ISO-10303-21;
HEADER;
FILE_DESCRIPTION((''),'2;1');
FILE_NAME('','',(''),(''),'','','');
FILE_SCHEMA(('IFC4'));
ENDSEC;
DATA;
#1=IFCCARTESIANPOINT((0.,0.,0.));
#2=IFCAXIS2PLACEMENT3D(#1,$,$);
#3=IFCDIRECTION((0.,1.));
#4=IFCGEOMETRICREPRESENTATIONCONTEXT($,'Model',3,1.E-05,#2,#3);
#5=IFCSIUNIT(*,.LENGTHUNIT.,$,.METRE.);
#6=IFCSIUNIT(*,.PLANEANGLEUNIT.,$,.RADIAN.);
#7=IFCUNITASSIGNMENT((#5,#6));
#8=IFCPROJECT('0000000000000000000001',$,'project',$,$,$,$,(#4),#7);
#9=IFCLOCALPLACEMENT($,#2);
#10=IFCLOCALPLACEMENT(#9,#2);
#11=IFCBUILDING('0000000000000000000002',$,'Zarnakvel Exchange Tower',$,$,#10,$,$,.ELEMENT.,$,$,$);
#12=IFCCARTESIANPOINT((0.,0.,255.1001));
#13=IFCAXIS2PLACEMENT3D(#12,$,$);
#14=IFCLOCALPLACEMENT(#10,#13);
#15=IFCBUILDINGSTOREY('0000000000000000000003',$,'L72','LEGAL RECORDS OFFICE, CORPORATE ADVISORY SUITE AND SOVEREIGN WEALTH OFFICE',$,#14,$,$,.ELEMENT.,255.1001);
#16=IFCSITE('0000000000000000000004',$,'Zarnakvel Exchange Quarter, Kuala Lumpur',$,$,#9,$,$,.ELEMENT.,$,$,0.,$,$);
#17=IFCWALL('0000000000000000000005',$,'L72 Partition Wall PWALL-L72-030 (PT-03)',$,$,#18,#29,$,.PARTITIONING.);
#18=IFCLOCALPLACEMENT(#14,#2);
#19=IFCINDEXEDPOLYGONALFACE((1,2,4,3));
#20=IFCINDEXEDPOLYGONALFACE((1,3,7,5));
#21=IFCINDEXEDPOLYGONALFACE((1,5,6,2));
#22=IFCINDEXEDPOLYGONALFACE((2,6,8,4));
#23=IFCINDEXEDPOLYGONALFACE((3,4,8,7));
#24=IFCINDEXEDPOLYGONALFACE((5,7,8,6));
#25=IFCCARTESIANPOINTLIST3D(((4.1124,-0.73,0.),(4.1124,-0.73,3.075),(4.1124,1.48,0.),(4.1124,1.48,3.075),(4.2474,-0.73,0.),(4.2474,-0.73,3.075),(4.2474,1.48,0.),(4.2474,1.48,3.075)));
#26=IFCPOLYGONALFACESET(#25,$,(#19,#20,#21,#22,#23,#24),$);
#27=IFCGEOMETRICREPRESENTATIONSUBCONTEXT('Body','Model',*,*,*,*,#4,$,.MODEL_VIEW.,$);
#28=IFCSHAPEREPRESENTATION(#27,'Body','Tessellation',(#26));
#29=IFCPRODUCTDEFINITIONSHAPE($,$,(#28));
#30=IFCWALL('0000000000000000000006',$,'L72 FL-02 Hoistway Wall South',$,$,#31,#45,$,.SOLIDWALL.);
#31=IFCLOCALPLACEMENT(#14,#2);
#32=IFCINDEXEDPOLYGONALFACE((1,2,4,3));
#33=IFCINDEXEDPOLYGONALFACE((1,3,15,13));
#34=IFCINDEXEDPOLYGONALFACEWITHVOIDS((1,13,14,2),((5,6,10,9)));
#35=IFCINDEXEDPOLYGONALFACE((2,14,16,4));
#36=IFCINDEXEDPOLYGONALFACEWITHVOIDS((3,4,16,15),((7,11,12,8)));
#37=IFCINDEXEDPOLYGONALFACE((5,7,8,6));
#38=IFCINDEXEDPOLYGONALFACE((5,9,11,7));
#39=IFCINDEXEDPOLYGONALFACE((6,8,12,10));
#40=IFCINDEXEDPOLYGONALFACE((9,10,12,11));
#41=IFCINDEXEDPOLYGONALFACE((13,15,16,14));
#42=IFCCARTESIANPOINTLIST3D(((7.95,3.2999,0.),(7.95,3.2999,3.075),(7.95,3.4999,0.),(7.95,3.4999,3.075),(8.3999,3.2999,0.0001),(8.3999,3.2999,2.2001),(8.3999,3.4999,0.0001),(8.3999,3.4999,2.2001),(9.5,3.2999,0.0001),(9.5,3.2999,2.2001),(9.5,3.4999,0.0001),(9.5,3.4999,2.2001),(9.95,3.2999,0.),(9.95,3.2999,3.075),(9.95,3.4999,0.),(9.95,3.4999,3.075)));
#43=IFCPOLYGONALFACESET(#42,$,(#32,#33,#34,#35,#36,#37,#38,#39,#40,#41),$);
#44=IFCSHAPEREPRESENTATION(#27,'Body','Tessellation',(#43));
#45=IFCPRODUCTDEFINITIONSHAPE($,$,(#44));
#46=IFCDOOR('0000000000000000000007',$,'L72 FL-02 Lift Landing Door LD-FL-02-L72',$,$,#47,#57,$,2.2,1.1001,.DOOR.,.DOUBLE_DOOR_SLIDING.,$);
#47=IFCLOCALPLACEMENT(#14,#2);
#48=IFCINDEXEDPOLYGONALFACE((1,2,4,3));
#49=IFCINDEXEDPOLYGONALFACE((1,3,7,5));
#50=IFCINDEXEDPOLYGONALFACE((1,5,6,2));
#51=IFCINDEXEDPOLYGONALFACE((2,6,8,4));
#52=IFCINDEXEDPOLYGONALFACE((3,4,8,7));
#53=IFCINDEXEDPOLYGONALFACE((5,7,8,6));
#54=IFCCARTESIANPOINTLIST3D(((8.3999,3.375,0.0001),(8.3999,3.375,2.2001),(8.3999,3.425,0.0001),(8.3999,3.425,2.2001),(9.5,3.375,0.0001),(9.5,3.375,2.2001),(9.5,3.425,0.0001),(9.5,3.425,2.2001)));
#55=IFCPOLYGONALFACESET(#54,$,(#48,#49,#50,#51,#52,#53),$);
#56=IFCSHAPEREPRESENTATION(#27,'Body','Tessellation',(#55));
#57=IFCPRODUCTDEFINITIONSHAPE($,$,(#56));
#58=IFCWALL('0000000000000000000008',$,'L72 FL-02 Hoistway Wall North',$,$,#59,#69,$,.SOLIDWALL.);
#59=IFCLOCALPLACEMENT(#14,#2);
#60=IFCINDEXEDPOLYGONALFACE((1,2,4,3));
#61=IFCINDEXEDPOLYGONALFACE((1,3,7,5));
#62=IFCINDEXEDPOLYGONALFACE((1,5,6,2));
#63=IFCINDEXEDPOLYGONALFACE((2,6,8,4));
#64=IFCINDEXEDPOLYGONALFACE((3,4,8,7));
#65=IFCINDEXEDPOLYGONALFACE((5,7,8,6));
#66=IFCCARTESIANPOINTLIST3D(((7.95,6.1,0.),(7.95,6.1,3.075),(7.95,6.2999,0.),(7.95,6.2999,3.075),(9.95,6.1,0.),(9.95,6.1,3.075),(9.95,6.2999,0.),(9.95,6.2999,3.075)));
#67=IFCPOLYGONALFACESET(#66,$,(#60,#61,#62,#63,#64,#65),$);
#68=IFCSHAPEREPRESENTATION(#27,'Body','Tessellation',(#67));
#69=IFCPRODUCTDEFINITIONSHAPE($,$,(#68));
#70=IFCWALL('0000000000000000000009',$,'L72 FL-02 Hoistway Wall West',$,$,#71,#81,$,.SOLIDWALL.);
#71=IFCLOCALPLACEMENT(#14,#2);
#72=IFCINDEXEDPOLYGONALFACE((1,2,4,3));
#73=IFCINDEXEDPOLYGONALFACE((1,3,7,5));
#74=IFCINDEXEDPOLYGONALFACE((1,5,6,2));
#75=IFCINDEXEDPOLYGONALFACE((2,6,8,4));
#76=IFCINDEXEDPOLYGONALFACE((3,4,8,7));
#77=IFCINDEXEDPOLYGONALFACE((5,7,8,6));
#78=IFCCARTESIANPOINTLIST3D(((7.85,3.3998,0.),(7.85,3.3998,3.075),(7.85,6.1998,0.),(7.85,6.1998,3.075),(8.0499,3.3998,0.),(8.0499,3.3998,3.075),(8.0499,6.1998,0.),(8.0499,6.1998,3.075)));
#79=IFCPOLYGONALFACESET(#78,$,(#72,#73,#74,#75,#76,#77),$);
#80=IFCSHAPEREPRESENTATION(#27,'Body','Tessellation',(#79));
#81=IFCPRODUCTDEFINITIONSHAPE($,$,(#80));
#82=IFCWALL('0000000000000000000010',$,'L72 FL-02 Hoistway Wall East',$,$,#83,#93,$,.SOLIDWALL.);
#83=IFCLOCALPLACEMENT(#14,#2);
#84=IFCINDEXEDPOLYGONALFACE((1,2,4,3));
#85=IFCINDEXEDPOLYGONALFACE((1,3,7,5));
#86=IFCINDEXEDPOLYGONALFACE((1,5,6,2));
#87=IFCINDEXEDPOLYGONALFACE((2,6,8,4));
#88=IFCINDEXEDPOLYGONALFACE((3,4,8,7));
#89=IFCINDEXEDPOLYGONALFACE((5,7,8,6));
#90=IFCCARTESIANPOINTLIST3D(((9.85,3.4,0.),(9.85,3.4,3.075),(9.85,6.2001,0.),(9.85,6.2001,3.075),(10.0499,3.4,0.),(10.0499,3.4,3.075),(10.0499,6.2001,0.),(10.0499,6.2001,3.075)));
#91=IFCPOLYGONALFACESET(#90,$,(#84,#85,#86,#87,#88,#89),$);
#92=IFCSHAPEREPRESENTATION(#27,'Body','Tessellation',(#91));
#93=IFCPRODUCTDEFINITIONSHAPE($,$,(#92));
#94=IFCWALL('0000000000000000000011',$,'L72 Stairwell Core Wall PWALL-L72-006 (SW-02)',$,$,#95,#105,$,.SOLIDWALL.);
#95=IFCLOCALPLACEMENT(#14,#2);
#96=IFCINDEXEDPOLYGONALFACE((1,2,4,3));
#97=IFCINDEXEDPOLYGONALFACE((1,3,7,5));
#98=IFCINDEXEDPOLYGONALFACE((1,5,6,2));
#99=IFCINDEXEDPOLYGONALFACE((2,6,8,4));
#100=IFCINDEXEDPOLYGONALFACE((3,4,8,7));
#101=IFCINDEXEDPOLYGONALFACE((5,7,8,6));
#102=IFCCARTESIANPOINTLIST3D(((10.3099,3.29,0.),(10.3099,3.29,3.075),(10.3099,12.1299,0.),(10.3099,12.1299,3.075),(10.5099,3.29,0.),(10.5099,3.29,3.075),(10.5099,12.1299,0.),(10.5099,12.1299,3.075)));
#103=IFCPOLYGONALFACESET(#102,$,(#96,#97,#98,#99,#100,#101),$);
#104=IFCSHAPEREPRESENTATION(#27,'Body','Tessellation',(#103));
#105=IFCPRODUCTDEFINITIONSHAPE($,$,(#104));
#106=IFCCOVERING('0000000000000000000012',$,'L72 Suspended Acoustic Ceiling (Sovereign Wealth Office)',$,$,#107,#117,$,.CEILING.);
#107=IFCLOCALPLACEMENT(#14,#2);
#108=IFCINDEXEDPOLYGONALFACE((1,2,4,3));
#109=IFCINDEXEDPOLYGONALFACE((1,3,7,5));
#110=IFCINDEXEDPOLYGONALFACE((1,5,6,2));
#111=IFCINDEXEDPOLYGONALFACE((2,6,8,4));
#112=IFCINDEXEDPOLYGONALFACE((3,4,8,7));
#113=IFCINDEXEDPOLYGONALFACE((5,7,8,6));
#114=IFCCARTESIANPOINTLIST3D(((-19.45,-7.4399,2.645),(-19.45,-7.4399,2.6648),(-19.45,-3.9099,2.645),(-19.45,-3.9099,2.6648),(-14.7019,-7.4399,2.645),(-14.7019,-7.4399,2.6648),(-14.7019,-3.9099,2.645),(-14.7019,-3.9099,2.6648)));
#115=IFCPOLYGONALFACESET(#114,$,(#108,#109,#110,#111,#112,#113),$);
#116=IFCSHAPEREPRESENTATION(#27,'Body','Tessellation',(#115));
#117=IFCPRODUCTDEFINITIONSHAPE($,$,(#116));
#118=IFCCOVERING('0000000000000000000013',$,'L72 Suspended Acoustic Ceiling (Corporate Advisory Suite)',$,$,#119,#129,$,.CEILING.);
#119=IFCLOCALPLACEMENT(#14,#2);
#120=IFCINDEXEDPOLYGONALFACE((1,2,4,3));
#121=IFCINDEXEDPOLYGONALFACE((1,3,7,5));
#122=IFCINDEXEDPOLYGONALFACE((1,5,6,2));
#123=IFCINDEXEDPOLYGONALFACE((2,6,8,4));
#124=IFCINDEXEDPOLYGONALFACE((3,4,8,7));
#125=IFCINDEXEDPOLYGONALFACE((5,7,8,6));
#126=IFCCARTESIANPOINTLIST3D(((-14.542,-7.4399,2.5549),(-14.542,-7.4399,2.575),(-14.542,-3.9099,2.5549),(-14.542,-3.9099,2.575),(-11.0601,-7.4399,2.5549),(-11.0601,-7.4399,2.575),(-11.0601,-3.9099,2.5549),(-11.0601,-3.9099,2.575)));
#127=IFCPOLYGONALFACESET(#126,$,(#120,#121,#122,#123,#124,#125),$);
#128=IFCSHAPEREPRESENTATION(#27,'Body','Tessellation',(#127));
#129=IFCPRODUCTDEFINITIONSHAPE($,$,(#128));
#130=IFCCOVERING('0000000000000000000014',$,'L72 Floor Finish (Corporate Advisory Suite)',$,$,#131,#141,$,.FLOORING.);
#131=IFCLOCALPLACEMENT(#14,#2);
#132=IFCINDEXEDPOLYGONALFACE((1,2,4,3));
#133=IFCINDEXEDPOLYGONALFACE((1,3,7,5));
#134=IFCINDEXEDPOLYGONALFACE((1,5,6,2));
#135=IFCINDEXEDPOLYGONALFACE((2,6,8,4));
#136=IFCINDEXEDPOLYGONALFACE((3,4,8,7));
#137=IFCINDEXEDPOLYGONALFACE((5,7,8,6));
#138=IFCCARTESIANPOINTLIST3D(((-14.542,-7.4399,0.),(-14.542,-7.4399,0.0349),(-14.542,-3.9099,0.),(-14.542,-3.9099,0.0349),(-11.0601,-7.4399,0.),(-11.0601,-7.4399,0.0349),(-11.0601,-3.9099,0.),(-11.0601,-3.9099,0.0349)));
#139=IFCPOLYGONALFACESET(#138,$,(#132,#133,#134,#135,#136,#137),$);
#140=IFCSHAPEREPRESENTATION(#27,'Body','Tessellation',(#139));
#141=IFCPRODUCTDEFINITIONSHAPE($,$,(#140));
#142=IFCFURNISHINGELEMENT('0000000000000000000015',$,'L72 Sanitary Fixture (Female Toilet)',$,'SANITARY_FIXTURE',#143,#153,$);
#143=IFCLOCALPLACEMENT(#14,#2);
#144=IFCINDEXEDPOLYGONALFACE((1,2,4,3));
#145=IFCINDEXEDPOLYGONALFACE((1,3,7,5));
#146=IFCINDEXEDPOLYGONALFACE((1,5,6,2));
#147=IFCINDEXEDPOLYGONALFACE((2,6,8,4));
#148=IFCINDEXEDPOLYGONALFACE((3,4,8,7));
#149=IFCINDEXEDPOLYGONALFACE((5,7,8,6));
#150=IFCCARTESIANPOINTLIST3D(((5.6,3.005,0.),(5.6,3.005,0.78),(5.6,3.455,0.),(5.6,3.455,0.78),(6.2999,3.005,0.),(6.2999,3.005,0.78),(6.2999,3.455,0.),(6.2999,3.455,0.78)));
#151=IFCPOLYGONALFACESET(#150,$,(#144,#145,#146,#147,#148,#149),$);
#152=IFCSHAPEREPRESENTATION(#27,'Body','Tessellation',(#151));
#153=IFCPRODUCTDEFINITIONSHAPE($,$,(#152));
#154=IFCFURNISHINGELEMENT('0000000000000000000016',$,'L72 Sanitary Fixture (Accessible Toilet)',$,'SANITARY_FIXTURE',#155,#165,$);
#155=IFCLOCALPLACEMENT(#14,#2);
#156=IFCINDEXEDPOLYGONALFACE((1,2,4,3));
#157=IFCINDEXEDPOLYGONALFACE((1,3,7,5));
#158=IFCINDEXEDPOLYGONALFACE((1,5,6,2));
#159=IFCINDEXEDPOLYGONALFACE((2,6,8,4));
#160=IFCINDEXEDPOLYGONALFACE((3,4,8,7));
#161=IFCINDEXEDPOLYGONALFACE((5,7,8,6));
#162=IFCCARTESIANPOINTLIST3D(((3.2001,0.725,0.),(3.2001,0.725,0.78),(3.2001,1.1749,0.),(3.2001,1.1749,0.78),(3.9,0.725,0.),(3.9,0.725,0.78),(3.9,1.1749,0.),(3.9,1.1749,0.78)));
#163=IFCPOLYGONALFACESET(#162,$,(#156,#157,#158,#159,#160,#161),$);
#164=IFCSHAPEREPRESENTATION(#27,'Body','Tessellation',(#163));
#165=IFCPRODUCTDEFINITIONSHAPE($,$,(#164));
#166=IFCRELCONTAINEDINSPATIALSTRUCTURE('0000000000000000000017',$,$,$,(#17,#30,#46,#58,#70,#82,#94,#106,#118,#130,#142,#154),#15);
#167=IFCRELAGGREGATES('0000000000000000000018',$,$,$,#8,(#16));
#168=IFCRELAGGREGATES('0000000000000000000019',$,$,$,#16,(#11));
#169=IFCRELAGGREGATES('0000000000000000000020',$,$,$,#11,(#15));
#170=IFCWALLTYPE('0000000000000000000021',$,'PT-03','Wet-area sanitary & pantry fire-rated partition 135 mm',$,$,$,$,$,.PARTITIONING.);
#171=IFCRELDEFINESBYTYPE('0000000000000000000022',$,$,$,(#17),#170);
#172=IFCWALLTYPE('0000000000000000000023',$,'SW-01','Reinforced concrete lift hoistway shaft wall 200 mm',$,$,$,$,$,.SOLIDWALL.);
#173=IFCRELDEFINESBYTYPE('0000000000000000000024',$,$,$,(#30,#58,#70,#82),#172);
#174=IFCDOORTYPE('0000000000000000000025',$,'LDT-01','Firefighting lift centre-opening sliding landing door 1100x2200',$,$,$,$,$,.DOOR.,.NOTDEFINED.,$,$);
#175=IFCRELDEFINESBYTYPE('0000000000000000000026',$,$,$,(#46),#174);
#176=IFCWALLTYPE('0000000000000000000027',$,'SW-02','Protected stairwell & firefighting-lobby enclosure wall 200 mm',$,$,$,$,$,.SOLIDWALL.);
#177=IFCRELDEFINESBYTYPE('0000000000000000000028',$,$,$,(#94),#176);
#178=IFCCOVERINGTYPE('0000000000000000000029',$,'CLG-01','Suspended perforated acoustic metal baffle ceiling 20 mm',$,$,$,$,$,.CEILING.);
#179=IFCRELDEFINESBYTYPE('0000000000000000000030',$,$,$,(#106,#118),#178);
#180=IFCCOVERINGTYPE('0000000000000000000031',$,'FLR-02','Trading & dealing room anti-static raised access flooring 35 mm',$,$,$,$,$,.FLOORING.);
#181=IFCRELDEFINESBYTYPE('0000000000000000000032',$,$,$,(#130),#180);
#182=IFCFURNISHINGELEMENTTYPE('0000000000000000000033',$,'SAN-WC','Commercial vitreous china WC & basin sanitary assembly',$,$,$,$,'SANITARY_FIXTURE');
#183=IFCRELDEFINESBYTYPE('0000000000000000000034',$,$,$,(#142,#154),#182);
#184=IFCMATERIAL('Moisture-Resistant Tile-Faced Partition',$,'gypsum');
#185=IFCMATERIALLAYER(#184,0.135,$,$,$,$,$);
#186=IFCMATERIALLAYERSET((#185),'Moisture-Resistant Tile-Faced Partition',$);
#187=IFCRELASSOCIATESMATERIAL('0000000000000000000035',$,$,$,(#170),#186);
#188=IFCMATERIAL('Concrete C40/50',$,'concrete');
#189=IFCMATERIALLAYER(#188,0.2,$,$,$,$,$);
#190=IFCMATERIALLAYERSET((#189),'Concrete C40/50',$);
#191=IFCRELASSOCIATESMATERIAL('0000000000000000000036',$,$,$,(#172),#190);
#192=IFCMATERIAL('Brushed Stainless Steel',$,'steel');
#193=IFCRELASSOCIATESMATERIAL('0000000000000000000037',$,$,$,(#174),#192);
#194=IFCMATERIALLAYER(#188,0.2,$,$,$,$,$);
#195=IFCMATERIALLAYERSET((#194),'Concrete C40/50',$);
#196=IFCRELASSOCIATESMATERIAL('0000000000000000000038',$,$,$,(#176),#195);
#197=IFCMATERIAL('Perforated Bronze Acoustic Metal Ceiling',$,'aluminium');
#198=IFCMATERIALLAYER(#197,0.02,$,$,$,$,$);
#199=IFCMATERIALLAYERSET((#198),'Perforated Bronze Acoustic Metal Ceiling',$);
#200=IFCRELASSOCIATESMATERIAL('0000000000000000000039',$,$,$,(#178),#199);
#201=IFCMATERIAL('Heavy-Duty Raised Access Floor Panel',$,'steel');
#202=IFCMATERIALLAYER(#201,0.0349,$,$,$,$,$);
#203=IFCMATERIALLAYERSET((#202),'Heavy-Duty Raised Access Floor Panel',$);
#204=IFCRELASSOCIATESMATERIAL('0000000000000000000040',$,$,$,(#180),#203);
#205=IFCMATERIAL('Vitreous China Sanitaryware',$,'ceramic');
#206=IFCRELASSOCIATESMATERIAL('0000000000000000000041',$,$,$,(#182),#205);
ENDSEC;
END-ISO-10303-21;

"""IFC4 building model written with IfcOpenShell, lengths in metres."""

from ifc_helpers import new_model, si_unit, direction, frame, frame_2d, origin, origin_2d, place, context, subcontext, project, spatial, polyline, rectangle, outline, extrude, source, transform, mapped, material, layer, layer_set, type_object, element, fill, save


model = new_model("IFC4")

# Units and contexts
model_context = context("Model", 3, precision=1e-05, world=origin(), true_north=direction((0.0, 1.0)))
body_context = subcontext(model_context, "Body", "Model", "MODEL_VIEW")
ifc_project = project(units=[si_unit("LENGTHUNIT", "METRE"), si_unit("PLANEANGLEUNIT", "RADIAN")], contexts=[model_context])

# Site, building, storey
site_placement = place(None, origin())
site = spatial("IfcSite", under=ifc_project, at=site_placement, Name="Zarnakvel Exchange Quarter, Kuala Lumpur", CompositionType="ELEMENT", RefElevation=0.0)
building_placement = place(site_placement, origin())
building = spatial("IfcBuilding", under=site, at=building_placement, Name="Zarnakvel Exchange Tower", CompositionType="ELEMENT")
storey_placement = place(building_placement, frame((0.0, 0.0, 255.1001)))
storey = spatial("IfcBuildingStorey", under=building, at=storey_placement, Name="L72", Description="LEGAL RECORDS OFFICE, CORPORATE ADVISORY SUITE AND SOVEREIGN WEALTH OFFICE", CompositionType="ELEMENT", Elevation=255.1001)

# Shared definitions
ifc_material_1 = material(Name="Moisture-Resistant Tile-Faced Partition", Category="gypsum")
ifc_layer_1 = layer(ifc_material_1, 0.135)
ifc_layer_set_1 = layer_set([ifc_layer_1], Name="Moisture-Resistant Tile-Faced Partition")
wall_type_1 = type_object("IfcWallType", Name="PT-03", Description="Wet-area sanitary & pantry fire-rated partition 135 mm", PredefinedType="PARTITIONING", material=ifc_layer_set_1)

# Wall
wall_1_placement = place(storey_placement, frame((4.1799, 1.48, 0.0), z_axis=(0.0, 0.0, 1.0), x_axis=(0.0, -1.0, 0.0)))
element("IfcWall", 1, at=wall_1_placement, inside=storey, type_object=wall_type_1, Name="L72 Partition Wall PWALL-L72-030 (PT-03)", PredefinedType="PARTITIONING", context=body_context, shape_type="SweptSolid", body=[
    extrude(rectangle(XDim=2.21, YDim=0.135, at=frame_2d((1.105, 0.0))), origin(), (0.0, 0.0, 1.0), 3.075),
])

# Wall, opening, door
ifc_material_2 = material(Name="Concrete C40/50", Category="concrete")
ifc_layer_2 = layer(ifc_material_2, 0.2)
ifc_layer_set_2 = layer_set([ifc_layer_2], Name="Concrete C40/50")
wall_type_2 = type_object("IfcWallType", Name="SW-01", Description="Reinforced concrete lift hoistway shaft wall 200 mm", PredefinedType="SOLIDWALL", material=ifc_layer_set_2)
wall_2_placement = place(storey_placement, frame((9.95, 3.3999, 0.0), z_axis=(0.0, 0.0, 1.0), x_axis=(-1.0, 0.0, 0.0)))
wall_2 = element("IfcWall", 2, at=wall_2_placement, inside=storey, type_object=wall_type_2, Name="L72 FL-02 Hoistway Wall South", PredefinedType="SOLIDWALL", context=body_context, shape_type="SweptSolid", body=[
    extrude(rectangle(XDim=2.0, YDim=0.2, at=frame_2d((1.0, 0.0))), origin(), (0.0, 0.0, 1.0), 3.075),
])
opening_1_placement = place(wall_2_placement, frame((0.45, 0.0, 0.0)))
opening_1 = element("IfcOpeningElement", 3, at=opening_1_placement, cuts=wall_2, PredefinedType="OPENING", context=body_context, shape_type="SweptSolid", body=[
    extrude(rectangle(XDim=1.1001, YDim=2.2, at=frame_2d((0.55, 1.1001))), frame((0.0, 0.1099, 0.0), z_axis=(0.0, -1.0, 0.0), x_axis=(1.0, 0.0, 0.0)), (0.0, 0.0, 1.0), 0.22),
])
ifc_material_3 = material(Name="Brushed Stainless Steel", Category="steel")
door_type_1 = type_object("IfcDoorType", Name="LDT-01", Description="Firefighting lift centre-opening sliding landing door 1100x2200", OperationType="NOTDEFINED", PredefinedType="DOOR", material=ifc_material_3)
shared_shape_1 = source(origin(), body_context, "Body", "SweptSolid", [
    extrude(rectangle(XDim=1.1001, YDim=2.2, at=frame_2d((0.55, 1.1001))), frame((0.0, 0.0249, 0.0), z_axis=(0.0, -1.0, 0.0), x_axis=(1.0, 0.0, 0.0)), (0.0, 0.0, 1.0), 0.05),
])
door_1_placement = place(opening_1_placement, origin())
door_1 = element("IfcDoor", 4, at=door_1_placement, inside=storey, type_object=door_type_1, Name="L72 FL-02 Lift Landing Door LD-FL-02-L72", OperationType="DOUBLE_DOOR_SLIDING", OverallHeight=2.2, OverallWidth=1.1001, PredefinedType="DOOR", context=body_context, shape_type="MappedRepresentation", body=[
    mapped(shared_shape_1, transform((0.0, 0.0, 0.0), x_axis=(1.0, 0.0, 0.0), y_axis=(0.0, 1.0, 0.0), z_axis=(0.0, 0.0, 1.0), scale=1.0)),
])
fill(opening_1, door_1)

# Walls
wall_3_placement = place(storey_placement, frame((7.95, 6.2, 0.0), z_axis=(0.0, 0.0, 1.0), x_axis=(1.0, 0.0, 0.0)))
element("IfcWall", 5, at=wall_3_placement, inside=storey, type_object=wall_type_2, Name="L72 FL-02 Hoistway Wall North", PredefinedType="SOLIDWALL", context=body_context, shape_type="SweptSolid", body=[
    extrude(rectangle(XDim=2.0, YDim=0.2, at=frame_2d((1.0, 0.0))), origin(), (0.0, 0.0, 1.0), 3.075),
])
for number, where, z_axis, x_axis, name in (
    (6, (7.95, 3.3999, 0.0), (0.0, 0.0, 1.0), (0.0, 1.0, 0.0), "L72 FL-02 Hoistway Wall West"),
    (7, (9.95, 6.2, 0.0), (0.0, 0.0, 1.0), (0.0, -1.0, 0.0), "L72 FL-02 Hoistway Wall East"),
):
    element("IfcWall", number, at=place(storey_placement, frame(where, z_axis=z_axis, x_axis=x_axis)), inside=storey, type_object=wall_type_2, Name=name, PredefinedType="SOLIDWALL", context=body_context, shape_type="SweptSolid", body=[
        extrude(rectangle(XDim=2.8, YDim=0.2, at=frame_2d((1.3999, 0.0))), origin(), (0.0, 0.0, 1.0), 3.075),
    ])
ifc_layer_3 = layer(ifc_material_2, 0.2)
ifc_layer_set_3 = layer_set([ifc_layer_3], Name="Concrete C40/50")
wall_type_3 = type_object("IfcWallType", Name="SW-02", Description="Protected stairwell & firefighting-lobby enclosure wall 200 mm", PredefinedType="SOLIDWALL", material=ifc_layer_set_3)
wall_4_placement = place(storey_placement, frame((10.4099, 3.29, 0.0), z_axis=(0.0, 0.0, 1.0), x_axis=(0.0, 1.0, 0.0)))
element("IfcWall", 8, at=wall_4_placement, inside=storey, type_object=wall_type_3, Name="L72 Stairwell Core Wall PWALL-L72-006 (SW-02)", PredefinedType="SOLIDWALL", context=body_context, shape_type="SweptSolid", body=[
    extrude(rectangle(XDim=8.8398, YDim=0.2, at=frame_2d((4.4199, 0.0))), origin(), (0.0, 0.0, 1.0), 3.075),
])

# Coverings
ifc_material_4 = material(Name="Perforated Bronze Acoustic Metal Ceiling", Category="aluminium")
ifc_layer_4 = layer(ifc_material_4, 0.02)
ifc_layer_set_4 = layer_set([ifc_layer_4], Name="Perforated Bronze Acoustic Metal Ceiling")
covering_type_1 = type_object("IfcCoveringType", Name="CLG-01", Description="Suspended perforated acoustic metal baffle ceiling 20 mm", PredefinedType="CEILING", material=ifc_layer_set_4)
covering_1_placement = place(storey_placement, frame((0.0, 0.0, 2.645)))
element("IfcCovering", 9, at=covering_1_placement, inside=storey, type_object=covering_type_1, Name="L72 Suspended Acoustic Ceiling (Sovereign Wealth Office)", PredefinedType="CEILING", context=body_context, shape_type="SweptSolid", body=[
    extrude(outline(polyline([(-19.45, -3.9099), (-14.7019, -3.9099), (-14.7019, -7.4399), (-19.45, -7.4399), (-19.45, -3.9099)])), origin(), (0.0, 0.0, 1.0), 0.0198),
])
covering_2_placement = place(storey_placement, frame((0.0, 0.0, 2.5549)))
element("IfcCovering", 10, at=covering_2_placement, inside=storey, type_object=covering_type_1, Name="L72 Suspended Acoustic Ceiling (Corporate Advisory Suite)", PredefinedType="CEILING", context=body_context, shape_type="SweptSolid", body=[
    extrude(outline(polyline([(-14.542, -3.9099), (-11.0601, -3.9099), (-11.0601, -7.4399), (-14.542, -7.4399), (-14.542, -3.9099)])), origin(), (0.0, 0.0, 1.0), 0.02),
])
ifc_material_5 = material(Name="Heavy-Duty Raised Access Floor Panel", Category="steel")
ifc_layer_5 = layer(ifc_material_5, 0.0349)
ifc_layer_set_5 = layer_set([ifc_layer_5], Name="Heavy-Duty Raised Access Floor Panel")
covering_type_2 = type_object("IfcCoveringType", Name="FLR-02", Description="Trading & dealing room anti-static raised access flooring 35 mm", PredefinedType="FLOORING", material=ifc_layer_set_5)
covering_3_placement = place(storey_placement, origin())
element("IfcCovering", 11, at=covering_3_placement, inside=storey, type_object=covering_type_2, Name="L72 Floor Finish (Corporate Advisory Suite)", PredefinedType="FLOORING", context=body_context, shape_type="SweptSolid", body=[
    extrude(outline(polyline([(-14.542, -3.9099), (-11.0601, -3.9099), (-11.0601, -7.4399), (-14.542, -7.4399), (-14.542, -3.9099)])), origin(), (0.0, 0.0, 1.0), 0.0349),
])

# Furnishing elements
ifc_material_6 = material(Name="Vitreous China Sanitaryware", Category="ceramic")
furnishing_element_type = type_object("IfcFurnishingElementType", Name="SAN-WC", Description="Commercial vitreous china WC & basin sanitary assembly", ElementType="SANITARY_FIXTURE", material=ifc_material_6)
shared_shape_2 = source(origin(), body_context, "Body", "SweptSolid", [
    extrude(rectangle(XDim=0.7, YDim=0.45, at=origin_2d()), origin(), (0.0, 0.0, 1.0), 0.78),
])
for number, where, z_axis, x_axis, name in (
    (12, (5.95, 3.23, 0.0), (0.0, 0.0, 1.0), (1.0, 0.0, 0.0), "L72 Sanitary Fixture (Female Toilet)"),
    (13, (3.55, 0.95, 0.0), (0.0, 0.0, 1.0), (1.0, 0.0, 0.0), "L72 Sanitary Fixture (Accessible Toilet)"),
):
    element("IfcFurnishingElement", number, at=place(storey_placement, frame(where, z_axis=z_axis, x_axis=x_axis)), inside=storey, type_object=furnishing_element_type, Name=name, ObjectType="SANITARY_FIXTURE", context=body_context, shape_type="MappedRepresentation", body=[
        mapped(shared_shape_2, transform((0.0, 0.0, 0.0), x_axis=(1.0, 0.0, 0.0), y_axis=(0.0, 1.0, 0.0), z_axis=(0.0, 0.0, 1.0), scale=1.0)),
    ])

save(model, "model.ifc")
